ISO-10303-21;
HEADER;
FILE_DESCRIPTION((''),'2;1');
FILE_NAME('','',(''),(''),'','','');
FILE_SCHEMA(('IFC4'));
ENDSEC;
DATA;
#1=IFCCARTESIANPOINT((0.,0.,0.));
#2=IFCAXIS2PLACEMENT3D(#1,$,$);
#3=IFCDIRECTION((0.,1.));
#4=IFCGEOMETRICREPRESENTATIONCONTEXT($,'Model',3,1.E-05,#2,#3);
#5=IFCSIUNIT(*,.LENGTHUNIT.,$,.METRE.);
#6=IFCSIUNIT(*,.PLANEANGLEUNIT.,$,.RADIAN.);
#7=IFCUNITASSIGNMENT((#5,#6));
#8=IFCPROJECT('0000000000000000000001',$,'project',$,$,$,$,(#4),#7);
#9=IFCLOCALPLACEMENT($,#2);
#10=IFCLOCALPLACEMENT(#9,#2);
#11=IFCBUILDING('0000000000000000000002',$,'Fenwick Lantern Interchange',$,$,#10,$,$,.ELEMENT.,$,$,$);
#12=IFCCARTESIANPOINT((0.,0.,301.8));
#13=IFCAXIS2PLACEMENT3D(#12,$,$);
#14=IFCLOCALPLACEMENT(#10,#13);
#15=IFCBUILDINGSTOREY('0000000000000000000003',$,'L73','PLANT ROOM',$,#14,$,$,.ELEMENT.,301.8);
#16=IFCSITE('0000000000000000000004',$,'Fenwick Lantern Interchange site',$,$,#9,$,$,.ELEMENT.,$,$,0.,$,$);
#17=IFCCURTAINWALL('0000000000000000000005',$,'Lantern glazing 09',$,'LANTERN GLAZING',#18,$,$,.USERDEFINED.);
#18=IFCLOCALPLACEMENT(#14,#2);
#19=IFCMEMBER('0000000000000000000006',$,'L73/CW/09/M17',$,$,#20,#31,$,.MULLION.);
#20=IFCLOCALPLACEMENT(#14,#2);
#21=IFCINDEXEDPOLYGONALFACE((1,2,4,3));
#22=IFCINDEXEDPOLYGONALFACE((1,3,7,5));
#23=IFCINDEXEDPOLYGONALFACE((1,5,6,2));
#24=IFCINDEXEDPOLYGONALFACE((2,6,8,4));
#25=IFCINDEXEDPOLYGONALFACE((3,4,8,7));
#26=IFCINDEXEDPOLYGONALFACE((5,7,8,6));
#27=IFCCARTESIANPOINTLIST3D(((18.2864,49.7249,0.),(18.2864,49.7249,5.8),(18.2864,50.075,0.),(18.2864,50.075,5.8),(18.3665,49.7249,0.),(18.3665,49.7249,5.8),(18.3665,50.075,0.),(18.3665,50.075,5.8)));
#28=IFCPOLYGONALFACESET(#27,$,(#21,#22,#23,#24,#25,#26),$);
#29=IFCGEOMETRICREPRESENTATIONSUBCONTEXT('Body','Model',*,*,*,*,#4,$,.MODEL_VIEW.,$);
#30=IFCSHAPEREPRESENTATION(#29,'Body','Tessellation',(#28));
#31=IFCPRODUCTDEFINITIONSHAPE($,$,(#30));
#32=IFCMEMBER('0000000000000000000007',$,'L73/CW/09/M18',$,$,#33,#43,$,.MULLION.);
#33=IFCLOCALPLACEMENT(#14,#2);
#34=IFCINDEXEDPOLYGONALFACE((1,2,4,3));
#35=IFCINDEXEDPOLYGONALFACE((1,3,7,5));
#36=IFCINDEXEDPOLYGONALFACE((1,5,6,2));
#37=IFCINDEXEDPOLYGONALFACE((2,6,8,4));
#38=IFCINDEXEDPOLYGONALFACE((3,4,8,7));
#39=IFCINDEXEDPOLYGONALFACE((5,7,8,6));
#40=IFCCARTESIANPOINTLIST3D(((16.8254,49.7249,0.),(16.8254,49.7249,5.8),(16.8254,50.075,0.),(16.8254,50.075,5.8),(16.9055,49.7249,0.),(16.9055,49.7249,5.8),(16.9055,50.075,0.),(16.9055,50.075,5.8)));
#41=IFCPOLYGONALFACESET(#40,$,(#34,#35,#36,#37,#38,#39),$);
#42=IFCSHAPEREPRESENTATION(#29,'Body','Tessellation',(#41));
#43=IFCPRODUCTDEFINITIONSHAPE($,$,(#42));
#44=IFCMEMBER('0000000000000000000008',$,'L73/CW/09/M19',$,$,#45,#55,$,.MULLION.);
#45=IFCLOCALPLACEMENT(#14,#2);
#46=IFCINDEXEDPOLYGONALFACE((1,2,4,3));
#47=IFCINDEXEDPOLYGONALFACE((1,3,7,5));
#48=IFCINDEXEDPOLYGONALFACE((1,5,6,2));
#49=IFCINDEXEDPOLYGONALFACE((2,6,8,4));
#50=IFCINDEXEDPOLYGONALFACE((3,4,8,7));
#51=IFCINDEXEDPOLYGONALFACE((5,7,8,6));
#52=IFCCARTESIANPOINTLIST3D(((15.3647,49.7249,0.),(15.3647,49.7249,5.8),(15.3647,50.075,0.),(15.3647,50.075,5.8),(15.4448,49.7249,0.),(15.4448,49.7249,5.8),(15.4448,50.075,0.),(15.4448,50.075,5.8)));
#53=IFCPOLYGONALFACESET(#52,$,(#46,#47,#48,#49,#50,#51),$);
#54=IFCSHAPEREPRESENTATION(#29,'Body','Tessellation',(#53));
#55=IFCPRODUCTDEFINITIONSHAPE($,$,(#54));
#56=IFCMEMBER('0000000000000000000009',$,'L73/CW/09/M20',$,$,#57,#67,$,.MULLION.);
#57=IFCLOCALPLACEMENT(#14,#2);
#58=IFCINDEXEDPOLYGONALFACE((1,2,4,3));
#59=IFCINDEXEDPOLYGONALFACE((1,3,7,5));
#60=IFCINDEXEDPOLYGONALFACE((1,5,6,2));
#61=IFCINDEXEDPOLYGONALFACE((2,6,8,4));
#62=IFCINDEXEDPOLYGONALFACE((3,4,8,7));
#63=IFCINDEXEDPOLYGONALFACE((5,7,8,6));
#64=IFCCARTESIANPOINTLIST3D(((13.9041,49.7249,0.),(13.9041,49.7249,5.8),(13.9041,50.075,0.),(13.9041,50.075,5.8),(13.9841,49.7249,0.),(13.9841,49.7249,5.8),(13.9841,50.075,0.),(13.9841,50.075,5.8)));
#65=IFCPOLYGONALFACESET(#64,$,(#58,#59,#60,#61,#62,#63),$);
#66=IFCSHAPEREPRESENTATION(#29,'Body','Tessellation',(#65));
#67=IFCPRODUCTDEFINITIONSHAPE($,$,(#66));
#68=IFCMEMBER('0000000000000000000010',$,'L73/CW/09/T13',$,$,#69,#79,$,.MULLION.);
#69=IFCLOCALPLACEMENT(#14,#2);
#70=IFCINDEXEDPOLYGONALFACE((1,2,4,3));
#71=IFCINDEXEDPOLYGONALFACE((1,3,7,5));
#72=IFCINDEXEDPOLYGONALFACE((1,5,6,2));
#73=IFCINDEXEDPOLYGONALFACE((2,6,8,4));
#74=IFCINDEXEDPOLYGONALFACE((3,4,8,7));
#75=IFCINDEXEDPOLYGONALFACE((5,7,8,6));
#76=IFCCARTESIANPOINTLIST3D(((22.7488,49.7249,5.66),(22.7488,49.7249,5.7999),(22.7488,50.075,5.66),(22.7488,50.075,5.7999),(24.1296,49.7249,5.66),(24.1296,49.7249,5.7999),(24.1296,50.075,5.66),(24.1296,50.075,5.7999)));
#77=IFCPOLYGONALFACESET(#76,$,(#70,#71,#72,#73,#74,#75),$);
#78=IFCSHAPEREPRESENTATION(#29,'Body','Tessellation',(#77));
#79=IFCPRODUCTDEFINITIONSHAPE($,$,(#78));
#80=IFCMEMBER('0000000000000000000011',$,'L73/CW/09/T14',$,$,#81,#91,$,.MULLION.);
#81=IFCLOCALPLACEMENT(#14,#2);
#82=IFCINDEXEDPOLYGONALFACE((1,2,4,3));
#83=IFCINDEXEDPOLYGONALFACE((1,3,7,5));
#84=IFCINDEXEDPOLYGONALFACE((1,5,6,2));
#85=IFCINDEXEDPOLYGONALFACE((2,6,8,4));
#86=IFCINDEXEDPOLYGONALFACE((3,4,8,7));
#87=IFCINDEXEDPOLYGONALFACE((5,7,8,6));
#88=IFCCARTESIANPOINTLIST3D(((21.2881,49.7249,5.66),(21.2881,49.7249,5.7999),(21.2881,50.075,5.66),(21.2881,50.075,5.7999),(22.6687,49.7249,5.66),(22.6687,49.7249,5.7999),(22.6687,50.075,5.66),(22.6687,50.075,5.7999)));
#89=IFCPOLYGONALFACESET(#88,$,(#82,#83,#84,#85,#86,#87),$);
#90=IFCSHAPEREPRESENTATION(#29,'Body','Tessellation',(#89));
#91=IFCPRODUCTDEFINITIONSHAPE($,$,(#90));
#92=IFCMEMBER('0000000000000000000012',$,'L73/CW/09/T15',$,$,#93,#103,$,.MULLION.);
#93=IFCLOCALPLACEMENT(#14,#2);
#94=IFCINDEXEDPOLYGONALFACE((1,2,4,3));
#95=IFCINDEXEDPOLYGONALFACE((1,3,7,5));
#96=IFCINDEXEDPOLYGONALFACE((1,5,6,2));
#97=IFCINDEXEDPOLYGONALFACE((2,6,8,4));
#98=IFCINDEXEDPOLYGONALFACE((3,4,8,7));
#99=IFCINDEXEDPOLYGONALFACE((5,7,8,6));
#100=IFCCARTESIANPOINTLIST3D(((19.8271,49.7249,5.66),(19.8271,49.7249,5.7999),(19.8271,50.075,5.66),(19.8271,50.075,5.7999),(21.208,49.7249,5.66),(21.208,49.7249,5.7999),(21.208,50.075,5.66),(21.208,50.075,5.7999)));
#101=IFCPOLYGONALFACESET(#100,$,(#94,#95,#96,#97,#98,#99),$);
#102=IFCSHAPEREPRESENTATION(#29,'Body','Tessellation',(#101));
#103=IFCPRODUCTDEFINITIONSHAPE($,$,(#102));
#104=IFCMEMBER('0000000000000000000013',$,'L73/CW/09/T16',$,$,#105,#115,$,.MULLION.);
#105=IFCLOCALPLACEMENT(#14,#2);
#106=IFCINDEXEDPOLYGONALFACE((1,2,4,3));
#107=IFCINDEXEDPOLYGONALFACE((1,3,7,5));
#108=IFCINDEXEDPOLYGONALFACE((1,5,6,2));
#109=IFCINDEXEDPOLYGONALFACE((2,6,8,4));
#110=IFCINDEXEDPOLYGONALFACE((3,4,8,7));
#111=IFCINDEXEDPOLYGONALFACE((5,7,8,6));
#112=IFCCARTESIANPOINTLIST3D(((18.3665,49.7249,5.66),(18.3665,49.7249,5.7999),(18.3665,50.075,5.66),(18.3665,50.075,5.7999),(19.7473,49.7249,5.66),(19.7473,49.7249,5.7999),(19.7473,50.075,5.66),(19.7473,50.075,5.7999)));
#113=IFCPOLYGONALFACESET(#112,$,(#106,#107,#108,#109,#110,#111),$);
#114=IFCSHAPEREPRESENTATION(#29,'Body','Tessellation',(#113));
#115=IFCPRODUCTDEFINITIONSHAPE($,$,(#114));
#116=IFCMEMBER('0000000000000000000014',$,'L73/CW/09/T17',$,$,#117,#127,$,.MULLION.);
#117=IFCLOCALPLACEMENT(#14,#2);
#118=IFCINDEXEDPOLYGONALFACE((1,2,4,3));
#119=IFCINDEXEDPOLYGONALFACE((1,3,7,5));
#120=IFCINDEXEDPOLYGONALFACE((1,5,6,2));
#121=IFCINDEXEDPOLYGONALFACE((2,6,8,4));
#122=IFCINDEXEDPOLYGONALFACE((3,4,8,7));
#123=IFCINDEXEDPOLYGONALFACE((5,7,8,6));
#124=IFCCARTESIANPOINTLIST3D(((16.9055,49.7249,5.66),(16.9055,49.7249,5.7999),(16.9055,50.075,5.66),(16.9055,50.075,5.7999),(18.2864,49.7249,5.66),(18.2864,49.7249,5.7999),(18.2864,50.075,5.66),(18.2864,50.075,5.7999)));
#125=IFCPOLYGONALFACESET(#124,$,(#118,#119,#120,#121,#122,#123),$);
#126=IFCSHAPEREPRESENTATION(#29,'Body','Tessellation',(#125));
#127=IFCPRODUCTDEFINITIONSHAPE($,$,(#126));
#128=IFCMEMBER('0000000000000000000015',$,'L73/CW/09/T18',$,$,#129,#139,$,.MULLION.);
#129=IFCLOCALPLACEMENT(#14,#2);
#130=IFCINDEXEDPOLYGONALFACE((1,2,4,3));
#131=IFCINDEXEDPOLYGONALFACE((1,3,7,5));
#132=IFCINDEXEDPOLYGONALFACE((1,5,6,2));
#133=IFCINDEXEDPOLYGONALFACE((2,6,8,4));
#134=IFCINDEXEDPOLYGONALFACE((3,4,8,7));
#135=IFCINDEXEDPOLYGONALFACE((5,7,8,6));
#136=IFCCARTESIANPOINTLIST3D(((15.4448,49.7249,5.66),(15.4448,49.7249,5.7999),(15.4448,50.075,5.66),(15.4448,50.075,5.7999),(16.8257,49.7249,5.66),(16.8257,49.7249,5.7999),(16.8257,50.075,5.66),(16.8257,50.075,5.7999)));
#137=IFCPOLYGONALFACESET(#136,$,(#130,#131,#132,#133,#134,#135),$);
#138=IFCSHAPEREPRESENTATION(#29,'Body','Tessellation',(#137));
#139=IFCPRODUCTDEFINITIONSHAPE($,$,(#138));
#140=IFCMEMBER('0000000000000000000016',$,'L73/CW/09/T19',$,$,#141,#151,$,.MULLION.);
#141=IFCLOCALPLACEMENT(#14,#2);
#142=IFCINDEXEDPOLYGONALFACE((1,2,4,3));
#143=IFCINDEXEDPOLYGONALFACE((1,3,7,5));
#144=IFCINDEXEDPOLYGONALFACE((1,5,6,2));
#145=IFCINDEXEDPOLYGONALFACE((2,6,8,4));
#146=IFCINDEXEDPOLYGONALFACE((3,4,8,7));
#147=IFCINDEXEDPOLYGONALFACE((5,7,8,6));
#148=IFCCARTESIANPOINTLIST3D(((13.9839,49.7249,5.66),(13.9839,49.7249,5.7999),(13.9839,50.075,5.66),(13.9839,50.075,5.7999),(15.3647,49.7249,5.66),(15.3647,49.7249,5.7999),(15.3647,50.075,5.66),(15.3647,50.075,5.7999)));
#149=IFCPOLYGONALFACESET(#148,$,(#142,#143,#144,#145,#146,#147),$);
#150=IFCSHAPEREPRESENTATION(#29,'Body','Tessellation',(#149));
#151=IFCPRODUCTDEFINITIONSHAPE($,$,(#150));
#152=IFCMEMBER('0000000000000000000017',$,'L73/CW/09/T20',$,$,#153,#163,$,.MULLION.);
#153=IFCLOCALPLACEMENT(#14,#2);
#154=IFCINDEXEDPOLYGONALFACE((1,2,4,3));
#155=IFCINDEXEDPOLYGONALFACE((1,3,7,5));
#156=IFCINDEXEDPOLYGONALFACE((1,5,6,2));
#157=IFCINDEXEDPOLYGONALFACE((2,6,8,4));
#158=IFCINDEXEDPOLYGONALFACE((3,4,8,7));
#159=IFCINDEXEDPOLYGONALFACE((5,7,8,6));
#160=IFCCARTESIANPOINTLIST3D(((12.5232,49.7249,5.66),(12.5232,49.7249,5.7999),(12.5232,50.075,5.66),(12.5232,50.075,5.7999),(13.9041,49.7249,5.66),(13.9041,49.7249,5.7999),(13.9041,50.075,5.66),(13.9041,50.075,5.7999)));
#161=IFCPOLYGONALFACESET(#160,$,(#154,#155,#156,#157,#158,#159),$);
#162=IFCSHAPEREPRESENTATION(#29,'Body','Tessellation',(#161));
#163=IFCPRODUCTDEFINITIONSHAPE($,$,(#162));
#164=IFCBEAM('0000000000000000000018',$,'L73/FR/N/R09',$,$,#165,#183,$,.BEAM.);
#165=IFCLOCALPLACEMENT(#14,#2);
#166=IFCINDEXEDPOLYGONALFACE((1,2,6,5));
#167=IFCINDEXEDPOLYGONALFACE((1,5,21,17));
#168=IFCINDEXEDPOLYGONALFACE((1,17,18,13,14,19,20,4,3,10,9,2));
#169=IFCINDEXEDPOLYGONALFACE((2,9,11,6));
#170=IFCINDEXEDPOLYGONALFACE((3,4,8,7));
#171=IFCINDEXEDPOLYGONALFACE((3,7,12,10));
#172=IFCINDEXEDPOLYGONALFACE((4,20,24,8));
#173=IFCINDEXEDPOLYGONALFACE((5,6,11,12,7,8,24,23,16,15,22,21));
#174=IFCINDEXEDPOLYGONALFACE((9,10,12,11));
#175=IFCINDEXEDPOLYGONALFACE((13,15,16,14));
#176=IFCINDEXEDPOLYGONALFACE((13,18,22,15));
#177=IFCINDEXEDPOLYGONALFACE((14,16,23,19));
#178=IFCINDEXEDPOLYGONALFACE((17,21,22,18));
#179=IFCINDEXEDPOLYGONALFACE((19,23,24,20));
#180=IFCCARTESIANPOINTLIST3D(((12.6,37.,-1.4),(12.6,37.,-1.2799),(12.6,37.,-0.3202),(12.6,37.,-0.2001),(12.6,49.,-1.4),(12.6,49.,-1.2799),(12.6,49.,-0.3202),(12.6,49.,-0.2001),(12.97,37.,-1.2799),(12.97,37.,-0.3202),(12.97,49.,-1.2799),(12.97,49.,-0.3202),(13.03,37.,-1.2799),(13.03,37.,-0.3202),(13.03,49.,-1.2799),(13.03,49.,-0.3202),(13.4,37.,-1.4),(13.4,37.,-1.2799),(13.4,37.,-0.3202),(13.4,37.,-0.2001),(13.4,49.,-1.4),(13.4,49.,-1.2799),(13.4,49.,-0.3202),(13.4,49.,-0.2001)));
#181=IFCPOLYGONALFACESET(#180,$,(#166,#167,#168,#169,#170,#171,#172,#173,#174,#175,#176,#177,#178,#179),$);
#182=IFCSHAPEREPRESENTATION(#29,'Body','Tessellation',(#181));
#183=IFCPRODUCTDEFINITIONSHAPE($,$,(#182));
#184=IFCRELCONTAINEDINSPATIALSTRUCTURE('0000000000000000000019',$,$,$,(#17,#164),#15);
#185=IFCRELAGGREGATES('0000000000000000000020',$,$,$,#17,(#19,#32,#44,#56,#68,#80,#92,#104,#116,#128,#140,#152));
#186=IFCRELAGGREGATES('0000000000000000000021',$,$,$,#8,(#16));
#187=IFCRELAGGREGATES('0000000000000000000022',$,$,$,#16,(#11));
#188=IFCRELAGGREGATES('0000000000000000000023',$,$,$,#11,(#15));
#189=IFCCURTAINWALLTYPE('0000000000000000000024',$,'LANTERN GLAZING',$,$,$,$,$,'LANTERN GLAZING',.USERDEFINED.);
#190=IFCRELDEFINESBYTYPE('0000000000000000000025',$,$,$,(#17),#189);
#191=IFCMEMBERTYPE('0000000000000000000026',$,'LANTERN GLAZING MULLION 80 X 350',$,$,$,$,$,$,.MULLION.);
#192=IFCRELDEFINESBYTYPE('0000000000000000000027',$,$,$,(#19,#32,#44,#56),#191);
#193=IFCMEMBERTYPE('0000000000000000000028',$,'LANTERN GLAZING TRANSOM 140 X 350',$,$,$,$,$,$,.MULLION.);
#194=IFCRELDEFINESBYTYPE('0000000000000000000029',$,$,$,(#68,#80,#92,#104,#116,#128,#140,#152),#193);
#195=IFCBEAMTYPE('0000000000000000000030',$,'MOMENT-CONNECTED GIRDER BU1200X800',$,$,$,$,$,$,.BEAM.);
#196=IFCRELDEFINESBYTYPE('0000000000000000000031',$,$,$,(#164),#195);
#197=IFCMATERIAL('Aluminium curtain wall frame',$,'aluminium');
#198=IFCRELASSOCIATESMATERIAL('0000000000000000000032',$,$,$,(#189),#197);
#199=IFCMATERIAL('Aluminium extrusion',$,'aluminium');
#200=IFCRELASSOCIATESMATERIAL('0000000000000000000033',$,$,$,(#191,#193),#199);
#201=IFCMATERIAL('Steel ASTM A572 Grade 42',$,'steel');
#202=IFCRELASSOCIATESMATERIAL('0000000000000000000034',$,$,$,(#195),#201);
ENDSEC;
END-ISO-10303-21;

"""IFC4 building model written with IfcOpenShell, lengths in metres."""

from ifc_helpers import new_model, si_unit, direction, frame, origin, origin_2d, place, context, subcontext, project, spatial, rectangle, i_section, extrude, material, material_profile, profile_set, type_object, element, aggregate, save


model = new_model("IFC4")

# Units and contexts
model_context = context("Model", 3, precision=1e-05, world=origin(), true_north=direction((0.0, 1.0)))
body_context = subcontext(model_context, "Body", "Model", "MODEL_VIEW")
ifc_project = project(units=[si_unit("LENGTHUNIT", "METRE"), si_unit("PLANEANGLEUNIT", "RADIAN")], contexts=[model_context])

# Site, building, storey
site_placement = place(None, origin())
site = spatial("IfcSite", under=ifc_project, at=site_placement, Name="Fenwick Lantern Interchange site", CompositionType="ELEMENT", RefElevation=0.0)
building_placement = place(site_placement, origin())
building = spatial("IfcBuilding", under=site, at=building_placement, Name="Fenwick Lantern Interchange", CompositionType="ELEMENT")
storey_placement = place(building_placement, frame((0.0, 0.0, 301.8)))
storey = spatial("IfcBuildingStorey", under=building, at=storey_placement, Name="L73", Description="PLANT ROOM", CompositionType="ELEMENT", Elevation=301.8)

# Curtain wall, members
ifc_material_1 = material(Name="Aluminium curtain wall frame", Category="aluminium")
curtain_wall_type = type_object("IfcCurtainWallType", Name="LANTERN GLAZING", ElementType="LANTERN GLAZING", PredefinedType="USERDEFINED", material=ifc_material_1)
curtain_wall_placement = place(storey_placement, origin())
curtain_wall = element("IfcCurtainWall", 1, at=curtain_wall_placement, inside=storey, type_object=curtain_wall_type, Name="Lantern glazing 09", ObjectType="LANTERN GLAZING", PredefinedType="USERDEFINED")
ifc_material_2 = material(Name="Aluminium extrusion", Category="aluminium")
ifc_material_profile_1 = material_profile(ifc_material_2, rectangle(XDim=0.3501, YDim=0.0801, at=origin_2d()), Name="LANTERN GLAZING MULLION 80 X 350")
ifc_profile_set_1 = profile_set([ifc_material_profile_1], Name="Aluminium extrusion")
member_type_1 = type_object("IfcMemberType", Name="LANTERN GLAZING MULLION 80 X 350", PredefinedType="MULLION", material=ifc_profile_set_1)
member_1_placement = place(storey_placement, frame((18.3264, 49.8999, 0.0), z_axis=(0.0, 0.0, 1.0), x_axis=(0.0, -1.0, 0.0)))
member_1 = element("IfcMember", 2, at=member_1_placement, type_object=member_type_1, Name="L73/CW/09/M17", PredefinedType="MULLION", context=body_context, shape_type="SweptSolid", body=[
    extrude(rectangle(XDim=0.3501, YDim=0.0801, at=origin_2d()), origin(), (0.0, 0.0, 1.0), 5.8),
])
member_2_placement = place(storey_placement, frame((16.8655, 49.8999, 0.0), z_axis=(0.0, 0.0, 1.0), x_axis=(0.0, -1.0, 0.0)))
member_2 = element("IfcMember", 3, at=member_2_placement, type_object=member_type_1, Name="L73/CW/09/M18", PredefinedType="MULLION", context=body_context, shape_type="SweptSolid", body=[
    extrude(rectangle(XDim=0.3501, YDim=0.0801, at=origin_2d()), origin(), (0.0, 0.0, 1.0), 5.8),
])
member_3_placement = place(storey_placement, frame((15.4048, 49.8999, 0.0), z_axis=(0.0, 0.0, 1.0), x_axis=(0.0, -1.0, 0.0)))
member_3 = element("IfcMember", 4, at=member_3_placement, type_object=member_type_1, Name="L73/CW/09/M19", PredefinedType="MULLION", context=body_context, shape_type="SweptSolid", body=[
    extrude(rectangle(XDim=0.3501, YDim=0.0801, at=origin_2d()), origin(), (0.0, 0.0, 1.0), 5.8),
])
member_4_placement = place(storey_placement, frame((13.9441, 49.8999, 0.0), z_axis=(0.0, 0.0, 1.0), x_axis=(0.0, -1.0, 0.0)))
member_4 = element("IfcMember", 5, at=member_4_placement, type_object=member_type_1, Name="L73/CW/09/M20", PredefinedType="MULLION", context=body_context, shape_type="SweptSolid", body=[
    extrude(rectangle(XDim=0.3501, YDim=0.0801, at=origin_2d()), origin(), (0.0, 0.0, 1.0), 5.8),
])
ifc_material_profile_2 = material_profile(ifc_material_2, rectangle(XDim=0.3501, YDim=0.1399, at=origin_2d()), Name="LANTERN GLAZING TRANSOM 140 X 350")
ifc_profile_set_2 = profile_set([ifc_material_profile_2], Name="Aluminium extrusion")
member_type_2 = type_object("IfcMemberType", Name="LANTERN GLAZING TRANSOM 140 X 350", PredefinedType="MULLION", material=ifc_profile_set_2)
member_5_placement = place(storey_placement, frame((24.1296, 49.8999, 5.73), z_axis=(-1.0, 0.0, 0.0), x_axis=(0.0, -1.0, 0.0)))
member_5 = element("IfcMember", 6, at=member_5_placement, type_object=member_type_2, Name="L73/CW/09/T13", PredefinedType="MULLION", context=body_context, shape_type="SweptSolid", body=[
    extrude(rectangle(XDim=0.3501, YDim=0.1399, at=origin_2d()), origin(), (0.0, 0.0, 1.0), 1.3809),
])
member_6_placement = place(storey_placement, frame((22.6687, 49.8999, 5.73), z_axis=(-1.0, 0.0, 0.0), x_axis=(0.0, -1.0, 0.0)))
member_6 = element("IfcMember", 7, at=member_6_placement, type_object=member_type_2, Name="L73/CW/09/T14", PredefinedType="MULLION", context=body_context, shape_type="SweptSolid", body=[
    extrude(rectangle(XDim=0.3501, YDim=0.1399, at=origin_2d()), origin(), (0.0, 0.0, 1.0), 1.3806),
])
member_7_placement = place(storey_placement, frame((21.208, 49.8999, 5.73), z_axis=(-1.0, 0.0, 0.0), x_axis=(0.0, -1.0, 0.0)))
member_7 = element("IfcMember", 8, at=member_7_placement, type_object=member_type_2, Name="L73/CW/09/T15", PredefinedType="MULLION", context=body_context, shape_type="SweptSolid", body=[
    extrude(rectangle(XDim=0.3501, YDim=0.1399, at=origin_2d()), origin(), (0.0, 0.0, 1.0), 1.3809),
])
member_8_placement = place(storey_placement, frame((19.7473, 49.8999, 5.73), z_axis=(-1.0, 0.0, 0.0), x_axis=(0.0, -1.0, 0.0)))
member_8 = element("IfcMember", 9, at=member_8_placement, type_object=member_type_2, Name="L73/CW/09/T16", PredefinedType="MULLION", context=body_context, shape_type="SweptSolid", body=[
    extrude(rectangle(XDim=0.3501, YDim=0.1399, at=origin_2d()), origin(), (0.0, 0.0, 1.0), 1.3809),
])
member_9_placement = place(storey_placement, frame((18.2864, 49.8999, 5.73), z_axis=(-1.0, 0.0, 0.0), x_axis=(0.0, -1.0, 0.0)))
member_9 = element("IfcMember", 10, at=member_9_placement, type_object=member_type_2, Name="L73/CW/09/T17", PredefinedType="MULLION", context=body_context, shape_type="SweptSolid", body=[
    extrude(rectangle(XDim=0.3501, YDim=0.1399, at=origin_2d()), origin(), (0.0, 0.0, 1.0), 1.3809),
])
member_10_placement = place(storey_placement, frame((16.8257, 49.8999, 5.73), z_axis=(-1.0, 0.0, 0.0), x_axis=(0.0, -1.0, 0.0)))
member_10 = element("IfcMember", 11, at=member_10_placement, type_object=member_type_2, Name="L73/CW/09/T18", PredefinedType="MULLION", context=body_context, shape_type="SweptSolid", body=[
    extrude(rectangle(XDim=0.3501, YDim=0.1399, at=origin_2d()), origin(), (0.0, 0.0, 1.0), 1.3809),
])
member_11_placement = place(storey_placement, frame((15.3647, 49.8999, 5.73), z_axis=(-1.0, 0.0, 0.0), x_axis=(0.0, -1.0, 0.0)))
member_11 = element("IfcMember", 12, at=member_11_placement, type_object=member_type_2, Name="L73/CW/09/T19", PredefinedType="MULLION", context=body_context, shape_type="SweptSolid", body=[
    extrude(rectangle(XDim=0.3501, YDim=0.1399, at=origin_2d()), origin(), (0.0, 0.0, 1.0), 1.3809),
])
member_12_placement = place(storey_placement, frame((13.9041, 49.8999, 5.73), z_axis=(-1.0, 0.0, 0.0), x_axis=(0.0, -1.0, 0.0)))
member_12 = element("IfcMember", 13, at=member_12_placement, type_object=member_type_2, Name="L73/CW/09/T20", PredefinedType="MULLION", context=body_context, shape_type="SweptSolid", body=[
    extrude(rectangle(XDim=0.3501, YDim=0.1399, at=origin_2d()), origin(), (0.0, 0.0, 1.0), 1.3809),
])
aggregate(curtain_wall, [member_1, member_2, member_3, member_4, member_5, member_6, member_7, member_8, member_9, member_10, member_11, member_12])

# Beam
ifc_material_3 = material(Name="Steel ASTM A572 Grade 42", Category="steel")
ifc_material_profile_3 = material_profile(ifc_material_3, i_section(OverallWidth=0.8, OverallDepth=1.2, WebThickness=0.0601, FlangeThickness=0.1201, at=origin_2d()), Name="BU1200X800")
ifc_profile_set_3 = profile_set([ifc_material_profile_3], Name="Steel ASTM A572 Grade 42")
beam_type_1 = type_object("IfcBeamType", Name="MOMENT-CONNECTED GIRDER BU1200X800", PredefinedType="BEAM", material=ifc_profile_set_3)
beam_1_placement = place(storey_placement, frame((13.0, 49.0, -0.8), z_axis=(0.0, -1.0, 0.0), x_axis=(1.0, 0.0, 0.0)))
element("IfcBeam", 14, at=beam_1_placement, inside=storey, type_object=beam_type_1, Name="L73/FR/N/R09", PredefinedType="BEAM", context=body_context, shape_type="SweptSolid", body=[
    extrude(i_section(OverallWidth=0.8, OverallDepth=1.2, WebThickness=0.0601, FlangeThickness=0.1201, at=origin_2d()), origin(), (0.0, 0.0, 1.0), 12.0),
])

save(model, "model.ifc")
